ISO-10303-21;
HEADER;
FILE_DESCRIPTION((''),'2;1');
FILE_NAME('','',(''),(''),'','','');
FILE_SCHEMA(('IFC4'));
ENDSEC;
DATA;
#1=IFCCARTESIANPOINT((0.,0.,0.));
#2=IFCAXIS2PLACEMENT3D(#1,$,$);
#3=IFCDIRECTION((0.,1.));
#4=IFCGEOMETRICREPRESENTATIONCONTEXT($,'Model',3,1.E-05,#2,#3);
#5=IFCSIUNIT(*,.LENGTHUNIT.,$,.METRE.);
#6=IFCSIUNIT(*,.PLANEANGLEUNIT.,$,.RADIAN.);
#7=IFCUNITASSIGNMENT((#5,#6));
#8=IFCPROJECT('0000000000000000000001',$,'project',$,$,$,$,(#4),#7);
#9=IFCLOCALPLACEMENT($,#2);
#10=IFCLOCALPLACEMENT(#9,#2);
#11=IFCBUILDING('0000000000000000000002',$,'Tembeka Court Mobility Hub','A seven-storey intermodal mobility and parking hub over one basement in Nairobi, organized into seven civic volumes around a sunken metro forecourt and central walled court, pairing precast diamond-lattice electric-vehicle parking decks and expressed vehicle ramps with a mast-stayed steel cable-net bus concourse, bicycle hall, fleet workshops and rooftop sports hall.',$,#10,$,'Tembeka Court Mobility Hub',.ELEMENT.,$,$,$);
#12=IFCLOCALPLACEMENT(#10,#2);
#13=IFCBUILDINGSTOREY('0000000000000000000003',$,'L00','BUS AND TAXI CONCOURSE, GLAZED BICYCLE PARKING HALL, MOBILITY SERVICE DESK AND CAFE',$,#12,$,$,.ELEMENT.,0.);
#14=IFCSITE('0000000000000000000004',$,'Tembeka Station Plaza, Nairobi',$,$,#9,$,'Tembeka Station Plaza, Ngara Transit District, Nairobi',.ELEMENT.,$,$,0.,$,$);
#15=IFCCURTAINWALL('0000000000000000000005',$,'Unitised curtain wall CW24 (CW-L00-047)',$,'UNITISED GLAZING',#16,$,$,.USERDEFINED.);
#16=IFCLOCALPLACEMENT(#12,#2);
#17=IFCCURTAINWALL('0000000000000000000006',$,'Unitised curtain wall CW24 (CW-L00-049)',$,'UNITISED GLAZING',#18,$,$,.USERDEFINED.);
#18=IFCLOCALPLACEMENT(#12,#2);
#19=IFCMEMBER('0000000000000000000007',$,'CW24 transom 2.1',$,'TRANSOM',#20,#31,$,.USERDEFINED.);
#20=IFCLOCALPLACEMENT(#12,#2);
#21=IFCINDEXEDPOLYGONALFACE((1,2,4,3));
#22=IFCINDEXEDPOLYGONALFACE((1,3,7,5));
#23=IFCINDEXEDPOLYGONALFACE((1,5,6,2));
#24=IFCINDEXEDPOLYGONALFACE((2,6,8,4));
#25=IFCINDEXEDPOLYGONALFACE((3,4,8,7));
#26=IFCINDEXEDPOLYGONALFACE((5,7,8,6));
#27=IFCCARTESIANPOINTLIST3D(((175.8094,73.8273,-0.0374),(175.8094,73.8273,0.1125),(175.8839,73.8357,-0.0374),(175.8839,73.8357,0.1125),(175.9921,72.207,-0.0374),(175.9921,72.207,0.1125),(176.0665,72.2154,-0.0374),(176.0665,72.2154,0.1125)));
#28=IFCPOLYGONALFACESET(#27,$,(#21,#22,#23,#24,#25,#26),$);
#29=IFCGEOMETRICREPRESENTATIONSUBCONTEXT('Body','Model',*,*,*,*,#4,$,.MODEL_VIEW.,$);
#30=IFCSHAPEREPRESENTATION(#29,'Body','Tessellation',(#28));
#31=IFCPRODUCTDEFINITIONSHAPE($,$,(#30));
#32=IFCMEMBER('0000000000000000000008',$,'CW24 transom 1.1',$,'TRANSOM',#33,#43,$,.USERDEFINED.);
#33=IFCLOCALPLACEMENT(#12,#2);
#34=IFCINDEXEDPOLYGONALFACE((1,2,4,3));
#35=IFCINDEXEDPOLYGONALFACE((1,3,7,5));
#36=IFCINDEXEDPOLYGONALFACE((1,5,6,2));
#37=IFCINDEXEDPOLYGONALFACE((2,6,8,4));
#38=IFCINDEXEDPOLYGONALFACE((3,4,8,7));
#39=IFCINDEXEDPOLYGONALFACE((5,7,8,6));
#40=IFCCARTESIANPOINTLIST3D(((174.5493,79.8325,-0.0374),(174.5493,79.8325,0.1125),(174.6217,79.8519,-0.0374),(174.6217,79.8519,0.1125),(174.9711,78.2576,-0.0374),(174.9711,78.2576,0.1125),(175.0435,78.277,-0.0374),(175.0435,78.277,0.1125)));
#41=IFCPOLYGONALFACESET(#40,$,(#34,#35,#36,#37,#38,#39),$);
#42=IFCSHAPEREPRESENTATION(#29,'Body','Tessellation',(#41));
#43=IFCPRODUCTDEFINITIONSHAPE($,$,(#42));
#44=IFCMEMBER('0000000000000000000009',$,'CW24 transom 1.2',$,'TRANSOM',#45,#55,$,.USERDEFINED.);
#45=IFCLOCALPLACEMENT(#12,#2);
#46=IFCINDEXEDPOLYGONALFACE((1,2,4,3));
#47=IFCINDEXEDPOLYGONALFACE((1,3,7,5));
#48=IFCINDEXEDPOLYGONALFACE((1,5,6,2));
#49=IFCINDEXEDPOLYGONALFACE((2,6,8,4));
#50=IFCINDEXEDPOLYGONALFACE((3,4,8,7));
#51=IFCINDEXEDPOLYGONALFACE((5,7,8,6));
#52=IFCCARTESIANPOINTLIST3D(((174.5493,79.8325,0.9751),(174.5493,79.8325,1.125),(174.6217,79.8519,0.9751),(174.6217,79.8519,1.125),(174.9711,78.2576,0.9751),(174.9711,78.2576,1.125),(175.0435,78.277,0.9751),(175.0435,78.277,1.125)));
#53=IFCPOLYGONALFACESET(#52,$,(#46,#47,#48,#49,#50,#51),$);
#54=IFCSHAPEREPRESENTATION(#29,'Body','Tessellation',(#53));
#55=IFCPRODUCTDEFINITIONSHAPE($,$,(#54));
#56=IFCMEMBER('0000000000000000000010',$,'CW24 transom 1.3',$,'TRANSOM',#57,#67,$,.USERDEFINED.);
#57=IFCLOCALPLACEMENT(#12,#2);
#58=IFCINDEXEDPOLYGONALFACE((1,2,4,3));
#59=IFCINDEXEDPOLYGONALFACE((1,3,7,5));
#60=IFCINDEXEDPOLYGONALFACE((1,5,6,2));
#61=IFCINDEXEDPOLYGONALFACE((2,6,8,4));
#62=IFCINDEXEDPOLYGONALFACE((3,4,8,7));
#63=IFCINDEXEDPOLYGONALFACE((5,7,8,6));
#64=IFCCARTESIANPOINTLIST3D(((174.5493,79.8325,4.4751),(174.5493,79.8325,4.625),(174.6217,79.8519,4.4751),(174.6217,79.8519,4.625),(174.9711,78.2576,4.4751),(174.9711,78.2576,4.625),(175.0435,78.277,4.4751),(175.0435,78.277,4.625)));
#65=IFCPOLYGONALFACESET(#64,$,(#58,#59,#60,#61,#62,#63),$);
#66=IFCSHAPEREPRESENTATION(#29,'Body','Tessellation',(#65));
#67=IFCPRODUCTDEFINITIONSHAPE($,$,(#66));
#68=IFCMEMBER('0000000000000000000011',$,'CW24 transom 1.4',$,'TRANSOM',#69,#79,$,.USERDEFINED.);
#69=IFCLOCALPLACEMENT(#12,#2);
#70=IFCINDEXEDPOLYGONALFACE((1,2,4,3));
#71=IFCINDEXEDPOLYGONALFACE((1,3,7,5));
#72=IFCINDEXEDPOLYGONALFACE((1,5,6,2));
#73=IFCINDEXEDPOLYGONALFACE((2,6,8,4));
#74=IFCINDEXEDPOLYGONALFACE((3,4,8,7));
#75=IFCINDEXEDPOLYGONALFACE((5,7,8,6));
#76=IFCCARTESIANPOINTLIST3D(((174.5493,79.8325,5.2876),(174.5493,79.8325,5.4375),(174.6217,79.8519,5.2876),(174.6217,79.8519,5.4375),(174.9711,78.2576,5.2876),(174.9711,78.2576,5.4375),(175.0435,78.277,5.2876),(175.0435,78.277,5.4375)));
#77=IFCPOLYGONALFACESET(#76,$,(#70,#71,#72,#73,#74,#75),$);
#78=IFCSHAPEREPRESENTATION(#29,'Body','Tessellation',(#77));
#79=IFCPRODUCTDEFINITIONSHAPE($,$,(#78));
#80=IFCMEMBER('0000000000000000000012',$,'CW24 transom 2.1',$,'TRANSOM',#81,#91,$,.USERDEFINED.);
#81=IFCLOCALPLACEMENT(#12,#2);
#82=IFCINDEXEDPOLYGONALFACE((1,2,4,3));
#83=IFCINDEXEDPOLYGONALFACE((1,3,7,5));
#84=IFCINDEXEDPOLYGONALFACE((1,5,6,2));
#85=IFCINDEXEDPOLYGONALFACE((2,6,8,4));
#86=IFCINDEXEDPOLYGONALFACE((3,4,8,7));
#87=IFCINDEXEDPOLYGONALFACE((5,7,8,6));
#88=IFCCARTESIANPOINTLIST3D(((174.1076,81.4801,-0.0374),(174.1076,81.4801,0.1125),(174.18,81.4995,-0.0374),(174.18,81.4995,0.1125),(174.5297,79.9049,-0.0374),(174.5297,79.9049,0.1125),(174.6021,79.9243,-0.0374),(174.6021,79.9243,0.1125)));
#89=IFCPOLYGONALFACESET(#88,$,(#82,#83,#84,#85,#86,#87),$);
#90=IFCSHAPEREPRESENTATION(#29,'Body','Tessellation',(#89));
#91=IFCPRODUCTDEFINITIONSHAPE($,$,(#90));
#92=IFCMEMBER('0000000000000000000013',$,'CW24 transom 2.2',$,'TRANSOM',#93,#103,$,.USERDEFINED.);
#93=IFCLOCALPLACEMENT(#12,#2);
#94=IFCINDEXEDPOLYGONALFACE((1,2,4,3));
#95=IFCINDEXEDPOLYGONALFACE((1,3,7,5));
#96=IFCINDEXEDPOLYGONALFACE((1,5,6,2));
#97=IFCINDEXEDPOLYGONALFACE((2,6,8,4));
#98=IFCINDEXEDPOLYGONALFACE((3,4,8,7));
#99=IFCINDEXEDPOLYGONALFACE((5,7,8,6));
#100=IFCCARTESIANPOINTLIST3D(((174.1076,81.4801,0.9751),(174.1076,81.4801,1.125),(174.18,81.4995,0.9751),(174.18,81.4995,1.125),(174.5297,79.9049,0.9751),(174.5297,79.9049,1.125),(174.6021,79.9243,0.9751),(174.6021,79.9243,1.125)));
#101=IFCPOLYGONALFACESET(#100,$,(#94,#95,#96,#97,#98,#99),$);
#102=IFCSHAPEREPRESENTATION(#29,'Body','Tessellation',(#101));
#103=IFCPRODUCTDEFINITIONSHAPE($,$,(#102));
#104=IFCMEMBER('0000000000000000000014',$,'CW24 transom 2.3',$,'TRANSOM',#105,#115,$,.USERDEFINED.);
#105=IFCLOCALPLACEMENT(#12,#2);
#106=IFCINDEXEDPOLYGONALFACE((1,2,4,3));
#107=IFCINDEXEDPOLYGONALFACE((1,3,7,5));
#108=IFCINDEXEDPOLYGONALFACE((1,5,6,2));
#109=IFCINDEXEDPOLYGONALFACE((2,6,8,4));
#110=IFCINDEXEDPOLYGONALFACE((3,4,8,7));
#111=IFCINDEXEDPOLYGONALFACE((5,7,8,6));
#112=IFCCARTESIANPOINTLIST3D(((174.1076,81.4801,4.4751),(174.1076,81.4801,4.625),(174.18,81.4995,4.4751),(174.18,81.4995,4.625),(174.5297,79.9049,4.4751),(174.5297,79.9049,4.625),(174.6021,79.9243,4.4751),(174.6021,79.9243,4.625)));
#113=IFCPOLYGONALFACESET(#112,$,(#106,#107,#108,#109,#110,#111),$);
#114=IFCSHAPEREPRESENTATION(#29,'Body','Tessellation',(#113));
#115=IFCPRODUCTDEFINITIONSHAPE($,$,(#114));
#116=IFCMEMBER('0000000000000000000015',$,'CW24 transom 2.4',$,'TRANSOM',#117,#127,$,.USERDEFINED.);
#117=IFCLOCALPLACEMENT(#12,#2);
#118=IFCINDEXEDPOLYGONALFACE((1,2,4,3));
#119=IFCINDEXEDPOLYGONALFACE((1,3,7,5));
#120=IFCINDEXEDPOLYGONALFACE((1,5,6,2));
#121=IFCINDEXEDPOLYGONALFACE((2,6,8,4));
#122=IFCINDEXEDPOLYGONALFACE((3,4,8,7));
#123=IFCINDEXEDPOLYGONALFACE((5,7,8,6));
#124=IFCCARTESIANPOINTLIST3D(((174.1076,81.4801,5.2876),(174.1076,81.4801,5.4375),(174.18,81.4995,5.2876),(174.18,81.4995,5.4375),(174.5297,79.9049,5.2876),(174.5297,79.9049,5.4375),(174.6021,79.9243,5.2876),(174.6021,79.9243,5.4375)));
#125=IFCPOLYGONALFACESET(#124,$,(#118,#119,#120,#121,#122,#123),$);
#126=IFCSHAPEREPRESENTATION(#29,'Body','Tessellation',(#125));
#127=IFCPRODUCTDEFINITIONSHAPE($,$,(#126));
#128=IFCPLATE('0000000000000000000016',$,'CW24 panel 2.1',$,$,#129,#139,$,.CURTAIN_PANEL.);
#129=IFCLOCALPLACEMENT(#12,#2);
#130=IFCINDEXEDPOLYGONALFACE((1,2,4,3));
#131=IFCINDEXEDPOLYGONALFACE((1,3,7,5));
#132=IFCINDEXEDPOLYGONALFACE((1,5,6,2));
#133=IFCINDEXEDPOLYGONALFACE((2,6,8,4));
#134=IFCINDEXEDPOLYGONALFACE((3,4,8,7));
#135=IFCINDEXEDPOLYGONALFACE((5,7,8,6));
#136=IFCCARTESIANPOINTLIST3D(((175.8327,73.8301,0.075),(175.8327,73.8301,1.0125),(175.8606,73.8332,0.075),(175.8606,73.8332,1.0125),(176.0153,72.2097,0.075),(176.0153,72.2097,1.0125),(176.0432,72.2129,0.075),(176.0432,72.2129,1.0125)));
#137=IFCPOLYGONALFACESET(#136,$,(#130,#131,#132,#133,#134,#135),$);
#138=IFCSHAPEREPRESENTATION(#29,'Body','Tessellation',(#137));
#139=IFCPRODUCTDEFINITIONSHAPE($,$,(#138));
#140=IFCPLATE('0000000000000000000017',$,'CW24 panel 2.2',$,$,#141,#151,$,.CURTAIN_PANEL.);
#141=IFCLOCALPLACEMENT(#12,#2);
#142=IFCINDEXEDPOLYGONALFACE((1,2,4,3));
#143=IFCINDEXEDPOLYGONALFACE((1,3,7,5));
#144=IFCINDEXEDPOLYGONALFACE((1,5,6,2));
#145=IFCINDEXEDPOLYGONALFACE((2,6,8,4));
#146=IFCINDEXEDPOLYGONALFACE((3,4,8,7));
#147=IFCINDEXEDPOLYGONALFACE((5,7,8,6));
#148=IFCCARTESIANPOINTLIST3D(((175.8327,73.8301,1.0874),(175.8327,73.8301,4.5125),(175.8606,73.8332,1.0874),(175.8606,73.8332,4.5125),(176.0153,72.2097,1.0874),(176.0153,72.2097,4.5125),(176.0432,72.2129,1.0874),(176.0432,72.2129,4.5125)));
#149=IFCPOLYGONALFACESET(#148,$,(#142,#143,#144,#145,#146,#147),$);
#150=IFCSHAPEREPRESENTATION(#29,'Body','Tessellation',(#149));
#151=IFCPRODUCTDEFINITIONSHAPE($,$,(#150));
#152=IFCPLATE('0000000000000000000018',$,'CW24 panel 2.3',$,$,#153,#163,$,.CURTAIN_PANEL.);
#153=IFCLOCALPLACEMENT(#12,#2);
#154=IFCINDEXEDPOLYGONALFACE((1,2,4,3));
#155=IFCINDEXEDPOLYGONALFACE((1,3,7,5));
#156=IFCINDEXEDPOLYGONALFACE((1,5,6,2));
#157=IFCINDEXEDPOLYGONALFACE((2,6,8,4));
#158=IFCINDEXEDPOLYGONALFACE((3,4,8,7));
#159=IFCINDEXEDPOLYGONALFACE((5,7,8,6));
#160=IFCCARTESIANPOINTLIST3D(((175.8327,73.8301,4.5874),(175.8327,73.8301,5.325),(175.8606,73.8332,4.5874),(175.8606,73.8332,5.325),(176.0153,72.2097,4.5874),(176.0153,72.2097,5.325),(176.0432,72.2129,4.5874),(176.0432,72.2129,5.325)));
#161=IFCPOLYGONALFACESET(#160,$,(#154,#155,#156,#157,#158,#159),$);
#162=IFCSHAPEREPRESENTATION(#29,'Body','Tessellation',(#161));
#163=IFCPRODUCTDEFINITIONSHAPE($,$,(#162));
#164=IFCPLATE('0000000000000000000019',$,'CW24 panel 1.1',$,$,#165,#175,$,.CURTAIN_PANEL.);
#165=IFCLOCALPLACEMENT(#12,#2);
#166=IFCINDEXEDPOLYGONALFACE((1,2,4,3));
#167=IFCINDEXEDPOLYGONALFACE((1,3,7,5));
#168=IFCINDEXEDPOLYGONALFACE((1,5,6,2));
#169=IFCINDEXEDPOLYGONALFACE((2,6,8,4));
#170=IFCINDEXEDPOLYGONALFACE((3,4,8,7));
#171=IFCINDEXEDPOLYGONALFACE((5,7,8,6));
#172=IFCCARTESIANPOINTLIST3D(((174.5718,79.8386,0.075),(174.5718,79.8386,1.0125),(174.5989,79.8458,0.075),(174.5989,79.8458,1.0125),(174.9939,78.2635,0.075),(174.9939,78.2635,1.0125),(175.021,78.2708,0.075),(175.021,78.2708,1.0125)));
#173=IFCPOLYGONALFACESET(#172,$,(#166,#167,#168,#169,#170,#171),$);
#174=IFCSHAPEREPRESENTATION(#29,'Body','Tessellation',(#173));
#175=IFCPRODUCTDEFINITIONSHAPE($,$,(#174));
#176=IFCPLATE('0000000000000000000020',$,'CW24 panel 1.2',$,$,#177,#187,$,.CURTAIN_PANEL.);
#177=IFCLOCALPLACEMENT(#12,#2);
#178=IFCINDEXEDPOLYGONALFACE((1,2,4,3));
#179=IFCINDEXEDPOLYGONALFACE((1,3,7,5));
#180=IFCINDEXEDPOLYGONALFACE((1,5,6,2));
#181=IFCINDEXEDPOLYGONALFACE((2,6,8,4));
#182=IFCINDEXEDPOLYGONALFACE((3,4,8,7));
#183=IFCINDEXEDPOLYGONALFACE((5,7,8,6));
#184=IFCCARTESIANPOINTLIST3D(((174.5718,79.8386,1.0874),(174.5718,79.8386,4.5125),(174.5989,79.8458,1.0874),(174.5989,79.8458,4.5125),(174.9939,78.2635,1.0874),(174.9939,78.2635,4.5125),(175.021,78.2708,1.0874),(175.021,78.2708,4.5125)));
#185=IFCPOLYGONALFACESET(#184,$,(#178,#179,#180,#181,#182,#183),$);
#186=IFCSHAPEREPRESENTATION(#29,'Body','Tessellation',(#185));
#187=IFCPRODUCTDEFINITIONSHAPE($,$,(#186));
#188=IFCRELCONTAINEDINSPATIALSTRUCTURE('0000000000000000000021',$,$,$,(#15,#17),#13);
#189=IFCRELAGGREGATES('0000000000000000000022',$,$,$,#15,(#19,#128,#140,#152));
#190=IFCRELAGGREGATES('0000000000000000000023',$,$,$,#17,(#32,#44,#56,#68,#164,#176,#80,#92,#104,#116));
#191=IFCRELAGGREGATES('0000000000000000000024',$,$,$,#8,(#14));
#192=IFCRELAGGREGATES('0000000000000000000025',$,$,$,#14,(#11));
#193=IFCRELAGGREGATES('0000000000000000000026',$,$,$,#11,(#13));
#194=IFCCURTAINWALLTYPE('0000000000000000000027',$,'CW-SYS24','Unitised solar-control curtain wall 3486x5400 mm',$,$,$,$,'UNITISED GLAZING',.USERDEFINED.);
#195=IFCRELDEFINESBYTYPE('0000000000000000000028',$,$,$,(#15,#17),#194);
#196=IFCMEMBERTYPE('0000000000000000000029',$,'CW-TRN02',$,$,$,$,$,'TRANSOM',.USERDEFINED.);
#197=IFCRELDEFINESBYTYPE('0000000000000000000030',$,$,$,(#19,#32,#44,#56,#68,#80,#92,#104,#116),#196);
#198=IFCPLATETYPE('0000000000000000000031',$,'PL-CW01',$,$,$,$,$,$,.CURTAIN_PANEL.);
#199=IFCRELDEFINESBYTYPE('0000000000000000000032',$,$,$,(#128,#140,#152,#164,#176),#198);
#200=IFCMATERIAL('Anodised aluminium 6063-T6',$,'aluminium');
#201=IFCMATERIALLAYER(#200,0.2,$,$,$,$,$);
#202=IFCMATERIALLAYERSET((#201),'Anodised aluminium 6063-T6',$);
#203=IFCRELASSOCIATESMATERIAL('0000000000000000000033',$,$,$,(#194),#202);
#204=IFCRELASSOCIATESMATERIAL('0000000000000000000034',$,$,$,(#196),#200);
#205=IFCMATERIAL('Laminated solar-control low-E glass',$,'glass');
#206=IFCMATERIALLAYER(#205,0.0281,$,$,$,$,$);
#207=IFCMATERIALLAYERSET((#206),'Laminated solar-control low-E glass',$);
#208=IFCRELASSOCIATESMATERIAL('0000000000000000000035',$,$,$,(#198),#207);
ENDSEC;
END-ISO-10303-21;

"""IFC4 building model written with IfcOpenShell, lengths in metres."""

from ifc_helpers import new_model, si_unit, direction, frame, origin, origin_2d, place, context, subcontext, project, spatial, rectangle, extrude, material, layer, layer_set, material_profile, profile_set, type_object, element, aggregate, save


model = new_model("IFC4")

# Units and contexts
model_context = context("Model", 3, precision=1e-05, world=origin(), true_north=direction((0.0, 1.0)))
body_context = subcontext(model_context, "Body", "Model", "MODEL_VIEW")
ifc_project = project(units=[si_unit("LENGTHUNIT", "METRE"), si_unit("PLANEANGLEUNIT", "RADIAN")], contexts=[model_context])

# Site, building, storey
site_placement = place(None, origin())
site = spatial("IfcSite", under=ifc_project, at=site_placement, Name="Tembeka Station Plaza, Nairobi", LongName="Tembeka Station Plaza, Ngara Transit District, Nairobi", CompositionType="ELEMENT", RefElevation=0.0)
building_placement = place(site_placement, origin())
building = spatial("IfcBuilding", under=site, at=building_placement, Name="Tembeka Court Mobility Hub", Description="A seven-storey intermodal mobility and parking hub over one basement in Nairobi, organized into seven civic volumes around a sunken metro forecourt and central walled court, pairing precast diamond-lattice electric-vehicle parking decks and expressed vehicle ramps with a mast-stayed steel cable-net bus concourse, bicycle hall, fleet workshops and rooftop sports hall.", LongName="Tembeka Court Mobility Hub", CompositionType="ELEMENT")
storey_placement = place(building_placement, origin())
storey = spatial("IfcBuildingStorey", under=building, at=storey_placement, Name="L00", Description="BUS AND TAXI CONCOURSE, GLAZED BICYCLE PARKING HALL, MOBILITY SERVICE DESK AND CAFE", CompositionType="ELEMENT", Elevation=0.0)

# Curtain wall
ifc_material_1 = material(Name="Anodised aluminium 6063-T6", Category="aluminium")
ifc_layer_1 = layer(ifc_material_1, 0.2)
ifc_layer_set_1 = layer_set([ifc_layer_1], Name="Anodised aluminium 6063-T6")
curtain_wall_type = type_object("IfcCurtainWallType", Name="CW-SYS24", Description="Unitised solar-control curtain wall 3486x5400 mm", ElementType="UNITISED GLAZING", PredefinedType="USERDEFINED", material=ifc_layer_set_1)
curtain_wall_1_placement = place(storey_placement, origin())
curtain_wall_1 = element("IfcCurtainWall", 1, at=curtain_wall_1_placement, inside=storey, type_object=curtain_wall_type, Name="Unitised curtain wall CW24 (CW-L00-047)", ObjectType="UNITISED GLAZING", PredefinedType="USERDEFINED")

# Curtain wall
curtain_wall_2_placement = place(storey_placement, origin())
curtain_wall_2 = element("IfcCurtainWall", 2, at=curtain_wall_2_placement, inside=storey, type_object=curtain_wall_type, Name="Unitised curtain wall CW24 (CW-L00-049)", ObjectType="UNITISED GLAZING", PredefinedType="USERDEFINED")

# Members
ifc_material_profile_1 = material_profile(ifc_material_1, rectangle(XDim=0.075, YDim=0.1499, at=origin_2d()), Name="ALU-TRN 75x150")
ifc_profile_set_1 = profile_set([ifc_material_profile_1], Name="Anodised aluminium 6063-T6")
member_type_1 = type_object("IfcMemberType", Name="CW-TRN02", ElementType="TRANSOM", PredefinedType="USERDEFINED", material=ifc_profile_set_1)
member_1_placement = place(storey_placement, frame((176.0293, 72.2112, 0.0376), z_axis=(-0.111993, 0.993709, 0.0), x_axis=(-0.993709, -0.111993, 0.0)))
member_1 = element("IfcMember", 3, at=member_1_placement, type_object=member_type_1, Name="CW24 transom 2.1", ObjectType="TRANSOM", PredefinedType="USERDEFINED", context=body_context, shape_type="SweptSolid", body=[
    extrude(rectangle(XDim=0.075, YDim=0.1499, at=origin_2d()), origin(), (0.0, 0.0, 1.0), 1.6306),
])
member_2_placement = place(storey_placement, frame((175.0073, 78.2673, 0.0376), z_axis=(-0.258744, 0.965946, 0.0), x_axis=(-0.965946, -0.258744, 0.0)))
member_2 = element("IfcMember", 4, at=member_2_placement, type_object=member_type_1, Name="CW24 transom 1.1", ObjectType="TRANSOM", PredefinedType="USERDEFINED", context=body_context, shape_type="SweptSolid", body=[
    extrude(rectangle(XDim=0.075, YDim=0.1499, at=origin_2d()), origin(), (0.0, 0.0, 1.0), 1.6304),
])
member_3_placement = place(storey_placement, frame((175.0073, 78.2673, 1.05), z_axis=(-0.258744, 0.965946, 0.0), x_axis=(-0.965946, -0.258744, 0.0)))
member_3 = element("IfcMember", 5, at=member_3_placement, type_object=member_type_1, Name="CW24 transom 1.2", ObjectType="TRANSOM", PredefinedType="USERDEFINED", context=body_context, shape_type="SweptSolid", body=[
    extrude(rectangle(XDim=0.075, YDim=0.1499, at=origin_2d()), origin(), (0.0, 0.0, 1.0), 1.6304),
])
member_4_placement = place(storey_placement, frame((175.0073, 78.2673, 4.55), z_axis=(-0.258744, 0.965946, 0.0), x_axis=(-0.965946, -0.258744, 0.0)))
member_4 = element("IfcMember", 6, at=member_4_placement, type_object=member_type_1, Name="CW24 transom 1.3", ObjectType="TRANSOM", PredefinedType="USERDEFINED", context=body_context, shape_type="SweptSolid", body=[
    extrude(rectangle(XDim=0.075, YDim=0.1499, at=origin_2d()), origin(), (0.0, 0.0, 1.0), 1.6304),
])
member_5_placement = place(storey_placement, frame((175.0073, 78.2673, 5.3625), z_axis=(-0.258744, 0.965946, 0.0), x_axis=(-0.965946, -0.258744, 0.0)))
member_5 = element("IfcMember", 7, at=member_5_placement, type_object=member_type_1, Name="CW24 transom 1.4", ObjectType="TRANSOM", PredefinedType="USERDEFINED", context=body_context, shape_type="SweptSolid", body=[
    extrude(rectangle(XDim=0.075, YDim=0.1499, at=origin_2d()), origin(), (0.0, 0.0, 1.0), 1.6304),
])
member_6_placement = place(storey_placement, frame((174.5659, 79.9146, 0.0376), z_axis=(-0.258846, 0.965919, 0.0), x_axis=(-0.965919, -0.258846, 0.0)))
member_6 = element("IfcMember", 8, at=member_6_placement, type_object=member_type_1, Name="CW24 transom 2.1", ObjectType="TRANSOM", PredefinedType="USERDEFINED", context=body_context, shape_type="SweptSolid", body=[
    extrude(rectangle(XDim=0.075, YDim=0.1499, at=origin_2d()), origin(), (0.0, 0.0, 1.0), 1.6309),
])
member_7_placement = place(storey_placement, frame((174.5659, 79.9146, 1.05), z_axis=(-0.258846, 0.965919, 0.0), x_axis=(-0.965919, -0.258846, 0.0)))
member_7 = element("IfcMember", 9, at=member_7_placement, type_object=member_type_1, Name="CW24 transom 2.2", ObjectType="TRANSOM", PredefinedType="USERDEFINED", context=body_context, shape_type="SweptSolid", body=[
    extrude(rectangle(XDim=0.075, YDim=0.1499, at=origin_2d()), origin(), (0.0, 0.0, 1.0), 1.6309),
])
member_8_placement = place(storey_placement, frame((174.5659, 79.9146, 4.55), z_axis=(-0.258846, 0.965919, 0.0), x_axis=(-0.965919, -0.258846, 0.0)))
member_8 = element("IfcMember", 10, at=member_8_placement, type_object=member_type_1, Name="CW24 transom 2.3", ObjectType="TRANSOM", PredefinedType="USERDEFINED", context=body_context, shape_type="SweptSolid", body=[
    extrude(rectangle(XDim=0.075, YDim=0.1499, at=origin_2d()), origin(), (0.0, 0.0, 1.0), 1.6309),
])
member_9_placement = place(storey_placement, frame((174.5659, 79.9146, 5.3625), z_axis=(-0.258846, 0.965919, 0.0), x_axis=(-0.965919, -0.258846, 0.0)))
member_9 = element("IfcMember", 11, at=member_9_placement, type_object=member_type_1, Name="CW24 transom 2.4", ObjectType="TRANSOM", PredefinedType="USERDEFINED", context=body_context, shape_type="SweptSolid", body=[
    extrude(rectangle(XDim=0.075, YDim=0.1499, at=origin_2d()), origin(), (0.0, 0.0, 1.0), 1.6309),
])

# Plates
ifc_material_2 = material(Name="Laminated solar-control low-E glass", Category="glass")
ifc_layer_2 = layer(ifc_material_2, 0.0281)
ifc_layer_set_2 = layer_set([ifc_layer_2], Name="Laminated solar-control low-E glass")
plate_type = type_object("IfcPlateType", Name="PL-CW01", PredefinedType="CURTAIN_PANEL", material=ifc_layer_set_2)
plate_1_placement = place(storey_placement, frame((175.938, 73.0215, 0.075), z_axis=(0.0, 0.0, 1.0), x_axis=(-0.111987, 0.99371, 0.0)))
plate_1 = element("IfcPlate", 12, at=plate_1_placement, type_object=plate_type, Name="CW24 panel 2.1", PredefinedType="CURTAIN_PANEL", context=body_context, shape_type="SweptSolid", body=[
    extrude(rectangle(XDim=1.6306, YDim=0.0281, at=origin_2d()), origin(), (0.0, 0.0, 1.0), 0.9375),
])
plate_2_placement = place(storey_placement, frame((175.938, 73.0215, 1.0874), z_axis=(0.0, 0.0, 1.0), x_axis=(-0.111987, 0.99371, 0.0)))
plate_2 = element("IfcPlate", 13, at=plate_2_placement, type_object=plate_type, Name="CW24 panel 2.2", PredefinedType="CURTAIN_PANEL", context=body_context, shape_type="SweptSolid", body=[
    extrude(rectangle(XDim=1.6306, YDim=0.0281, at=origin_2d()), origin(), (0.0, 0.0, 1.0), 3.425),
])
plate_3_placement = place(storey_placement, frame((175.938, 73.0215, 4.5874), z_axis=(0.0, 0.0, 1.0), x_axis=(-0.111987, 0.99371, 0.0)))
plate_3 = element("IfcPlate", 14, at=plate_3_placement, type_object=plate_type, Name="CW24 panel 2.3", PredefinedType="CURTAIN_PANEL", context=body_context, shape_type="SweptSolid", body=[
    extrude(rectangle(XDim=1.6306, YDim=0.0281, at=origin_2d()), origin(), (0.0, 0.0, 1.0), 0.7375),
])
aggregate(curtain_wall_1, [member_1, plate_1, plate_2, plate_3])
plate_4_placement = place(storey_placement, frame((174.7964, 79.0547, 0.075), z_axis=(0.0, 0.0, 1.0), x_axis=(-0.258828, 0.965923, 0.0)))
plate_4 = element("IfcPlate", 15, at=plate_4_placement, type_object=plate_type, Name="CW24 panel 1.1", PredefinedType="CURTAIN_PANEL", context=body_context, shape_type="SweptSolid", body=[
    extrude(rectangle(XDim=1.6306, YDim=0.0281, at=origin_2d()), origin(), (0.0, 0.0, 1.0), 0.9375),
])
plate_5_placement = place(storey_placement, frame((174.7964, 79.0547, 1.0874), z_axis=(0.0, 0.0, 1.0), x_axis=(-0.258828, 0.965923, 0.0)))
plate_5 = element("IfcPlate", 16, at=plate_5_placement, type_object=plate_type, Name="CW24 panel 1.2", PredefinedType="CURTAIN_PANEL", context=body_context, shape_type="SweptSolid", body=[
    extrude(rectangle(XDim=1.6306, YDim=0.0281, at=origin_2d()), origin(), (0.0, 0.0, 1.0), 3.425),
])
aggregate(curtain_wall_2, [member_2, member_3, member_4, member_5, plate_4, plate_5, member_6, member_7, member_8, member_9])

save(model, "model.ifc")
